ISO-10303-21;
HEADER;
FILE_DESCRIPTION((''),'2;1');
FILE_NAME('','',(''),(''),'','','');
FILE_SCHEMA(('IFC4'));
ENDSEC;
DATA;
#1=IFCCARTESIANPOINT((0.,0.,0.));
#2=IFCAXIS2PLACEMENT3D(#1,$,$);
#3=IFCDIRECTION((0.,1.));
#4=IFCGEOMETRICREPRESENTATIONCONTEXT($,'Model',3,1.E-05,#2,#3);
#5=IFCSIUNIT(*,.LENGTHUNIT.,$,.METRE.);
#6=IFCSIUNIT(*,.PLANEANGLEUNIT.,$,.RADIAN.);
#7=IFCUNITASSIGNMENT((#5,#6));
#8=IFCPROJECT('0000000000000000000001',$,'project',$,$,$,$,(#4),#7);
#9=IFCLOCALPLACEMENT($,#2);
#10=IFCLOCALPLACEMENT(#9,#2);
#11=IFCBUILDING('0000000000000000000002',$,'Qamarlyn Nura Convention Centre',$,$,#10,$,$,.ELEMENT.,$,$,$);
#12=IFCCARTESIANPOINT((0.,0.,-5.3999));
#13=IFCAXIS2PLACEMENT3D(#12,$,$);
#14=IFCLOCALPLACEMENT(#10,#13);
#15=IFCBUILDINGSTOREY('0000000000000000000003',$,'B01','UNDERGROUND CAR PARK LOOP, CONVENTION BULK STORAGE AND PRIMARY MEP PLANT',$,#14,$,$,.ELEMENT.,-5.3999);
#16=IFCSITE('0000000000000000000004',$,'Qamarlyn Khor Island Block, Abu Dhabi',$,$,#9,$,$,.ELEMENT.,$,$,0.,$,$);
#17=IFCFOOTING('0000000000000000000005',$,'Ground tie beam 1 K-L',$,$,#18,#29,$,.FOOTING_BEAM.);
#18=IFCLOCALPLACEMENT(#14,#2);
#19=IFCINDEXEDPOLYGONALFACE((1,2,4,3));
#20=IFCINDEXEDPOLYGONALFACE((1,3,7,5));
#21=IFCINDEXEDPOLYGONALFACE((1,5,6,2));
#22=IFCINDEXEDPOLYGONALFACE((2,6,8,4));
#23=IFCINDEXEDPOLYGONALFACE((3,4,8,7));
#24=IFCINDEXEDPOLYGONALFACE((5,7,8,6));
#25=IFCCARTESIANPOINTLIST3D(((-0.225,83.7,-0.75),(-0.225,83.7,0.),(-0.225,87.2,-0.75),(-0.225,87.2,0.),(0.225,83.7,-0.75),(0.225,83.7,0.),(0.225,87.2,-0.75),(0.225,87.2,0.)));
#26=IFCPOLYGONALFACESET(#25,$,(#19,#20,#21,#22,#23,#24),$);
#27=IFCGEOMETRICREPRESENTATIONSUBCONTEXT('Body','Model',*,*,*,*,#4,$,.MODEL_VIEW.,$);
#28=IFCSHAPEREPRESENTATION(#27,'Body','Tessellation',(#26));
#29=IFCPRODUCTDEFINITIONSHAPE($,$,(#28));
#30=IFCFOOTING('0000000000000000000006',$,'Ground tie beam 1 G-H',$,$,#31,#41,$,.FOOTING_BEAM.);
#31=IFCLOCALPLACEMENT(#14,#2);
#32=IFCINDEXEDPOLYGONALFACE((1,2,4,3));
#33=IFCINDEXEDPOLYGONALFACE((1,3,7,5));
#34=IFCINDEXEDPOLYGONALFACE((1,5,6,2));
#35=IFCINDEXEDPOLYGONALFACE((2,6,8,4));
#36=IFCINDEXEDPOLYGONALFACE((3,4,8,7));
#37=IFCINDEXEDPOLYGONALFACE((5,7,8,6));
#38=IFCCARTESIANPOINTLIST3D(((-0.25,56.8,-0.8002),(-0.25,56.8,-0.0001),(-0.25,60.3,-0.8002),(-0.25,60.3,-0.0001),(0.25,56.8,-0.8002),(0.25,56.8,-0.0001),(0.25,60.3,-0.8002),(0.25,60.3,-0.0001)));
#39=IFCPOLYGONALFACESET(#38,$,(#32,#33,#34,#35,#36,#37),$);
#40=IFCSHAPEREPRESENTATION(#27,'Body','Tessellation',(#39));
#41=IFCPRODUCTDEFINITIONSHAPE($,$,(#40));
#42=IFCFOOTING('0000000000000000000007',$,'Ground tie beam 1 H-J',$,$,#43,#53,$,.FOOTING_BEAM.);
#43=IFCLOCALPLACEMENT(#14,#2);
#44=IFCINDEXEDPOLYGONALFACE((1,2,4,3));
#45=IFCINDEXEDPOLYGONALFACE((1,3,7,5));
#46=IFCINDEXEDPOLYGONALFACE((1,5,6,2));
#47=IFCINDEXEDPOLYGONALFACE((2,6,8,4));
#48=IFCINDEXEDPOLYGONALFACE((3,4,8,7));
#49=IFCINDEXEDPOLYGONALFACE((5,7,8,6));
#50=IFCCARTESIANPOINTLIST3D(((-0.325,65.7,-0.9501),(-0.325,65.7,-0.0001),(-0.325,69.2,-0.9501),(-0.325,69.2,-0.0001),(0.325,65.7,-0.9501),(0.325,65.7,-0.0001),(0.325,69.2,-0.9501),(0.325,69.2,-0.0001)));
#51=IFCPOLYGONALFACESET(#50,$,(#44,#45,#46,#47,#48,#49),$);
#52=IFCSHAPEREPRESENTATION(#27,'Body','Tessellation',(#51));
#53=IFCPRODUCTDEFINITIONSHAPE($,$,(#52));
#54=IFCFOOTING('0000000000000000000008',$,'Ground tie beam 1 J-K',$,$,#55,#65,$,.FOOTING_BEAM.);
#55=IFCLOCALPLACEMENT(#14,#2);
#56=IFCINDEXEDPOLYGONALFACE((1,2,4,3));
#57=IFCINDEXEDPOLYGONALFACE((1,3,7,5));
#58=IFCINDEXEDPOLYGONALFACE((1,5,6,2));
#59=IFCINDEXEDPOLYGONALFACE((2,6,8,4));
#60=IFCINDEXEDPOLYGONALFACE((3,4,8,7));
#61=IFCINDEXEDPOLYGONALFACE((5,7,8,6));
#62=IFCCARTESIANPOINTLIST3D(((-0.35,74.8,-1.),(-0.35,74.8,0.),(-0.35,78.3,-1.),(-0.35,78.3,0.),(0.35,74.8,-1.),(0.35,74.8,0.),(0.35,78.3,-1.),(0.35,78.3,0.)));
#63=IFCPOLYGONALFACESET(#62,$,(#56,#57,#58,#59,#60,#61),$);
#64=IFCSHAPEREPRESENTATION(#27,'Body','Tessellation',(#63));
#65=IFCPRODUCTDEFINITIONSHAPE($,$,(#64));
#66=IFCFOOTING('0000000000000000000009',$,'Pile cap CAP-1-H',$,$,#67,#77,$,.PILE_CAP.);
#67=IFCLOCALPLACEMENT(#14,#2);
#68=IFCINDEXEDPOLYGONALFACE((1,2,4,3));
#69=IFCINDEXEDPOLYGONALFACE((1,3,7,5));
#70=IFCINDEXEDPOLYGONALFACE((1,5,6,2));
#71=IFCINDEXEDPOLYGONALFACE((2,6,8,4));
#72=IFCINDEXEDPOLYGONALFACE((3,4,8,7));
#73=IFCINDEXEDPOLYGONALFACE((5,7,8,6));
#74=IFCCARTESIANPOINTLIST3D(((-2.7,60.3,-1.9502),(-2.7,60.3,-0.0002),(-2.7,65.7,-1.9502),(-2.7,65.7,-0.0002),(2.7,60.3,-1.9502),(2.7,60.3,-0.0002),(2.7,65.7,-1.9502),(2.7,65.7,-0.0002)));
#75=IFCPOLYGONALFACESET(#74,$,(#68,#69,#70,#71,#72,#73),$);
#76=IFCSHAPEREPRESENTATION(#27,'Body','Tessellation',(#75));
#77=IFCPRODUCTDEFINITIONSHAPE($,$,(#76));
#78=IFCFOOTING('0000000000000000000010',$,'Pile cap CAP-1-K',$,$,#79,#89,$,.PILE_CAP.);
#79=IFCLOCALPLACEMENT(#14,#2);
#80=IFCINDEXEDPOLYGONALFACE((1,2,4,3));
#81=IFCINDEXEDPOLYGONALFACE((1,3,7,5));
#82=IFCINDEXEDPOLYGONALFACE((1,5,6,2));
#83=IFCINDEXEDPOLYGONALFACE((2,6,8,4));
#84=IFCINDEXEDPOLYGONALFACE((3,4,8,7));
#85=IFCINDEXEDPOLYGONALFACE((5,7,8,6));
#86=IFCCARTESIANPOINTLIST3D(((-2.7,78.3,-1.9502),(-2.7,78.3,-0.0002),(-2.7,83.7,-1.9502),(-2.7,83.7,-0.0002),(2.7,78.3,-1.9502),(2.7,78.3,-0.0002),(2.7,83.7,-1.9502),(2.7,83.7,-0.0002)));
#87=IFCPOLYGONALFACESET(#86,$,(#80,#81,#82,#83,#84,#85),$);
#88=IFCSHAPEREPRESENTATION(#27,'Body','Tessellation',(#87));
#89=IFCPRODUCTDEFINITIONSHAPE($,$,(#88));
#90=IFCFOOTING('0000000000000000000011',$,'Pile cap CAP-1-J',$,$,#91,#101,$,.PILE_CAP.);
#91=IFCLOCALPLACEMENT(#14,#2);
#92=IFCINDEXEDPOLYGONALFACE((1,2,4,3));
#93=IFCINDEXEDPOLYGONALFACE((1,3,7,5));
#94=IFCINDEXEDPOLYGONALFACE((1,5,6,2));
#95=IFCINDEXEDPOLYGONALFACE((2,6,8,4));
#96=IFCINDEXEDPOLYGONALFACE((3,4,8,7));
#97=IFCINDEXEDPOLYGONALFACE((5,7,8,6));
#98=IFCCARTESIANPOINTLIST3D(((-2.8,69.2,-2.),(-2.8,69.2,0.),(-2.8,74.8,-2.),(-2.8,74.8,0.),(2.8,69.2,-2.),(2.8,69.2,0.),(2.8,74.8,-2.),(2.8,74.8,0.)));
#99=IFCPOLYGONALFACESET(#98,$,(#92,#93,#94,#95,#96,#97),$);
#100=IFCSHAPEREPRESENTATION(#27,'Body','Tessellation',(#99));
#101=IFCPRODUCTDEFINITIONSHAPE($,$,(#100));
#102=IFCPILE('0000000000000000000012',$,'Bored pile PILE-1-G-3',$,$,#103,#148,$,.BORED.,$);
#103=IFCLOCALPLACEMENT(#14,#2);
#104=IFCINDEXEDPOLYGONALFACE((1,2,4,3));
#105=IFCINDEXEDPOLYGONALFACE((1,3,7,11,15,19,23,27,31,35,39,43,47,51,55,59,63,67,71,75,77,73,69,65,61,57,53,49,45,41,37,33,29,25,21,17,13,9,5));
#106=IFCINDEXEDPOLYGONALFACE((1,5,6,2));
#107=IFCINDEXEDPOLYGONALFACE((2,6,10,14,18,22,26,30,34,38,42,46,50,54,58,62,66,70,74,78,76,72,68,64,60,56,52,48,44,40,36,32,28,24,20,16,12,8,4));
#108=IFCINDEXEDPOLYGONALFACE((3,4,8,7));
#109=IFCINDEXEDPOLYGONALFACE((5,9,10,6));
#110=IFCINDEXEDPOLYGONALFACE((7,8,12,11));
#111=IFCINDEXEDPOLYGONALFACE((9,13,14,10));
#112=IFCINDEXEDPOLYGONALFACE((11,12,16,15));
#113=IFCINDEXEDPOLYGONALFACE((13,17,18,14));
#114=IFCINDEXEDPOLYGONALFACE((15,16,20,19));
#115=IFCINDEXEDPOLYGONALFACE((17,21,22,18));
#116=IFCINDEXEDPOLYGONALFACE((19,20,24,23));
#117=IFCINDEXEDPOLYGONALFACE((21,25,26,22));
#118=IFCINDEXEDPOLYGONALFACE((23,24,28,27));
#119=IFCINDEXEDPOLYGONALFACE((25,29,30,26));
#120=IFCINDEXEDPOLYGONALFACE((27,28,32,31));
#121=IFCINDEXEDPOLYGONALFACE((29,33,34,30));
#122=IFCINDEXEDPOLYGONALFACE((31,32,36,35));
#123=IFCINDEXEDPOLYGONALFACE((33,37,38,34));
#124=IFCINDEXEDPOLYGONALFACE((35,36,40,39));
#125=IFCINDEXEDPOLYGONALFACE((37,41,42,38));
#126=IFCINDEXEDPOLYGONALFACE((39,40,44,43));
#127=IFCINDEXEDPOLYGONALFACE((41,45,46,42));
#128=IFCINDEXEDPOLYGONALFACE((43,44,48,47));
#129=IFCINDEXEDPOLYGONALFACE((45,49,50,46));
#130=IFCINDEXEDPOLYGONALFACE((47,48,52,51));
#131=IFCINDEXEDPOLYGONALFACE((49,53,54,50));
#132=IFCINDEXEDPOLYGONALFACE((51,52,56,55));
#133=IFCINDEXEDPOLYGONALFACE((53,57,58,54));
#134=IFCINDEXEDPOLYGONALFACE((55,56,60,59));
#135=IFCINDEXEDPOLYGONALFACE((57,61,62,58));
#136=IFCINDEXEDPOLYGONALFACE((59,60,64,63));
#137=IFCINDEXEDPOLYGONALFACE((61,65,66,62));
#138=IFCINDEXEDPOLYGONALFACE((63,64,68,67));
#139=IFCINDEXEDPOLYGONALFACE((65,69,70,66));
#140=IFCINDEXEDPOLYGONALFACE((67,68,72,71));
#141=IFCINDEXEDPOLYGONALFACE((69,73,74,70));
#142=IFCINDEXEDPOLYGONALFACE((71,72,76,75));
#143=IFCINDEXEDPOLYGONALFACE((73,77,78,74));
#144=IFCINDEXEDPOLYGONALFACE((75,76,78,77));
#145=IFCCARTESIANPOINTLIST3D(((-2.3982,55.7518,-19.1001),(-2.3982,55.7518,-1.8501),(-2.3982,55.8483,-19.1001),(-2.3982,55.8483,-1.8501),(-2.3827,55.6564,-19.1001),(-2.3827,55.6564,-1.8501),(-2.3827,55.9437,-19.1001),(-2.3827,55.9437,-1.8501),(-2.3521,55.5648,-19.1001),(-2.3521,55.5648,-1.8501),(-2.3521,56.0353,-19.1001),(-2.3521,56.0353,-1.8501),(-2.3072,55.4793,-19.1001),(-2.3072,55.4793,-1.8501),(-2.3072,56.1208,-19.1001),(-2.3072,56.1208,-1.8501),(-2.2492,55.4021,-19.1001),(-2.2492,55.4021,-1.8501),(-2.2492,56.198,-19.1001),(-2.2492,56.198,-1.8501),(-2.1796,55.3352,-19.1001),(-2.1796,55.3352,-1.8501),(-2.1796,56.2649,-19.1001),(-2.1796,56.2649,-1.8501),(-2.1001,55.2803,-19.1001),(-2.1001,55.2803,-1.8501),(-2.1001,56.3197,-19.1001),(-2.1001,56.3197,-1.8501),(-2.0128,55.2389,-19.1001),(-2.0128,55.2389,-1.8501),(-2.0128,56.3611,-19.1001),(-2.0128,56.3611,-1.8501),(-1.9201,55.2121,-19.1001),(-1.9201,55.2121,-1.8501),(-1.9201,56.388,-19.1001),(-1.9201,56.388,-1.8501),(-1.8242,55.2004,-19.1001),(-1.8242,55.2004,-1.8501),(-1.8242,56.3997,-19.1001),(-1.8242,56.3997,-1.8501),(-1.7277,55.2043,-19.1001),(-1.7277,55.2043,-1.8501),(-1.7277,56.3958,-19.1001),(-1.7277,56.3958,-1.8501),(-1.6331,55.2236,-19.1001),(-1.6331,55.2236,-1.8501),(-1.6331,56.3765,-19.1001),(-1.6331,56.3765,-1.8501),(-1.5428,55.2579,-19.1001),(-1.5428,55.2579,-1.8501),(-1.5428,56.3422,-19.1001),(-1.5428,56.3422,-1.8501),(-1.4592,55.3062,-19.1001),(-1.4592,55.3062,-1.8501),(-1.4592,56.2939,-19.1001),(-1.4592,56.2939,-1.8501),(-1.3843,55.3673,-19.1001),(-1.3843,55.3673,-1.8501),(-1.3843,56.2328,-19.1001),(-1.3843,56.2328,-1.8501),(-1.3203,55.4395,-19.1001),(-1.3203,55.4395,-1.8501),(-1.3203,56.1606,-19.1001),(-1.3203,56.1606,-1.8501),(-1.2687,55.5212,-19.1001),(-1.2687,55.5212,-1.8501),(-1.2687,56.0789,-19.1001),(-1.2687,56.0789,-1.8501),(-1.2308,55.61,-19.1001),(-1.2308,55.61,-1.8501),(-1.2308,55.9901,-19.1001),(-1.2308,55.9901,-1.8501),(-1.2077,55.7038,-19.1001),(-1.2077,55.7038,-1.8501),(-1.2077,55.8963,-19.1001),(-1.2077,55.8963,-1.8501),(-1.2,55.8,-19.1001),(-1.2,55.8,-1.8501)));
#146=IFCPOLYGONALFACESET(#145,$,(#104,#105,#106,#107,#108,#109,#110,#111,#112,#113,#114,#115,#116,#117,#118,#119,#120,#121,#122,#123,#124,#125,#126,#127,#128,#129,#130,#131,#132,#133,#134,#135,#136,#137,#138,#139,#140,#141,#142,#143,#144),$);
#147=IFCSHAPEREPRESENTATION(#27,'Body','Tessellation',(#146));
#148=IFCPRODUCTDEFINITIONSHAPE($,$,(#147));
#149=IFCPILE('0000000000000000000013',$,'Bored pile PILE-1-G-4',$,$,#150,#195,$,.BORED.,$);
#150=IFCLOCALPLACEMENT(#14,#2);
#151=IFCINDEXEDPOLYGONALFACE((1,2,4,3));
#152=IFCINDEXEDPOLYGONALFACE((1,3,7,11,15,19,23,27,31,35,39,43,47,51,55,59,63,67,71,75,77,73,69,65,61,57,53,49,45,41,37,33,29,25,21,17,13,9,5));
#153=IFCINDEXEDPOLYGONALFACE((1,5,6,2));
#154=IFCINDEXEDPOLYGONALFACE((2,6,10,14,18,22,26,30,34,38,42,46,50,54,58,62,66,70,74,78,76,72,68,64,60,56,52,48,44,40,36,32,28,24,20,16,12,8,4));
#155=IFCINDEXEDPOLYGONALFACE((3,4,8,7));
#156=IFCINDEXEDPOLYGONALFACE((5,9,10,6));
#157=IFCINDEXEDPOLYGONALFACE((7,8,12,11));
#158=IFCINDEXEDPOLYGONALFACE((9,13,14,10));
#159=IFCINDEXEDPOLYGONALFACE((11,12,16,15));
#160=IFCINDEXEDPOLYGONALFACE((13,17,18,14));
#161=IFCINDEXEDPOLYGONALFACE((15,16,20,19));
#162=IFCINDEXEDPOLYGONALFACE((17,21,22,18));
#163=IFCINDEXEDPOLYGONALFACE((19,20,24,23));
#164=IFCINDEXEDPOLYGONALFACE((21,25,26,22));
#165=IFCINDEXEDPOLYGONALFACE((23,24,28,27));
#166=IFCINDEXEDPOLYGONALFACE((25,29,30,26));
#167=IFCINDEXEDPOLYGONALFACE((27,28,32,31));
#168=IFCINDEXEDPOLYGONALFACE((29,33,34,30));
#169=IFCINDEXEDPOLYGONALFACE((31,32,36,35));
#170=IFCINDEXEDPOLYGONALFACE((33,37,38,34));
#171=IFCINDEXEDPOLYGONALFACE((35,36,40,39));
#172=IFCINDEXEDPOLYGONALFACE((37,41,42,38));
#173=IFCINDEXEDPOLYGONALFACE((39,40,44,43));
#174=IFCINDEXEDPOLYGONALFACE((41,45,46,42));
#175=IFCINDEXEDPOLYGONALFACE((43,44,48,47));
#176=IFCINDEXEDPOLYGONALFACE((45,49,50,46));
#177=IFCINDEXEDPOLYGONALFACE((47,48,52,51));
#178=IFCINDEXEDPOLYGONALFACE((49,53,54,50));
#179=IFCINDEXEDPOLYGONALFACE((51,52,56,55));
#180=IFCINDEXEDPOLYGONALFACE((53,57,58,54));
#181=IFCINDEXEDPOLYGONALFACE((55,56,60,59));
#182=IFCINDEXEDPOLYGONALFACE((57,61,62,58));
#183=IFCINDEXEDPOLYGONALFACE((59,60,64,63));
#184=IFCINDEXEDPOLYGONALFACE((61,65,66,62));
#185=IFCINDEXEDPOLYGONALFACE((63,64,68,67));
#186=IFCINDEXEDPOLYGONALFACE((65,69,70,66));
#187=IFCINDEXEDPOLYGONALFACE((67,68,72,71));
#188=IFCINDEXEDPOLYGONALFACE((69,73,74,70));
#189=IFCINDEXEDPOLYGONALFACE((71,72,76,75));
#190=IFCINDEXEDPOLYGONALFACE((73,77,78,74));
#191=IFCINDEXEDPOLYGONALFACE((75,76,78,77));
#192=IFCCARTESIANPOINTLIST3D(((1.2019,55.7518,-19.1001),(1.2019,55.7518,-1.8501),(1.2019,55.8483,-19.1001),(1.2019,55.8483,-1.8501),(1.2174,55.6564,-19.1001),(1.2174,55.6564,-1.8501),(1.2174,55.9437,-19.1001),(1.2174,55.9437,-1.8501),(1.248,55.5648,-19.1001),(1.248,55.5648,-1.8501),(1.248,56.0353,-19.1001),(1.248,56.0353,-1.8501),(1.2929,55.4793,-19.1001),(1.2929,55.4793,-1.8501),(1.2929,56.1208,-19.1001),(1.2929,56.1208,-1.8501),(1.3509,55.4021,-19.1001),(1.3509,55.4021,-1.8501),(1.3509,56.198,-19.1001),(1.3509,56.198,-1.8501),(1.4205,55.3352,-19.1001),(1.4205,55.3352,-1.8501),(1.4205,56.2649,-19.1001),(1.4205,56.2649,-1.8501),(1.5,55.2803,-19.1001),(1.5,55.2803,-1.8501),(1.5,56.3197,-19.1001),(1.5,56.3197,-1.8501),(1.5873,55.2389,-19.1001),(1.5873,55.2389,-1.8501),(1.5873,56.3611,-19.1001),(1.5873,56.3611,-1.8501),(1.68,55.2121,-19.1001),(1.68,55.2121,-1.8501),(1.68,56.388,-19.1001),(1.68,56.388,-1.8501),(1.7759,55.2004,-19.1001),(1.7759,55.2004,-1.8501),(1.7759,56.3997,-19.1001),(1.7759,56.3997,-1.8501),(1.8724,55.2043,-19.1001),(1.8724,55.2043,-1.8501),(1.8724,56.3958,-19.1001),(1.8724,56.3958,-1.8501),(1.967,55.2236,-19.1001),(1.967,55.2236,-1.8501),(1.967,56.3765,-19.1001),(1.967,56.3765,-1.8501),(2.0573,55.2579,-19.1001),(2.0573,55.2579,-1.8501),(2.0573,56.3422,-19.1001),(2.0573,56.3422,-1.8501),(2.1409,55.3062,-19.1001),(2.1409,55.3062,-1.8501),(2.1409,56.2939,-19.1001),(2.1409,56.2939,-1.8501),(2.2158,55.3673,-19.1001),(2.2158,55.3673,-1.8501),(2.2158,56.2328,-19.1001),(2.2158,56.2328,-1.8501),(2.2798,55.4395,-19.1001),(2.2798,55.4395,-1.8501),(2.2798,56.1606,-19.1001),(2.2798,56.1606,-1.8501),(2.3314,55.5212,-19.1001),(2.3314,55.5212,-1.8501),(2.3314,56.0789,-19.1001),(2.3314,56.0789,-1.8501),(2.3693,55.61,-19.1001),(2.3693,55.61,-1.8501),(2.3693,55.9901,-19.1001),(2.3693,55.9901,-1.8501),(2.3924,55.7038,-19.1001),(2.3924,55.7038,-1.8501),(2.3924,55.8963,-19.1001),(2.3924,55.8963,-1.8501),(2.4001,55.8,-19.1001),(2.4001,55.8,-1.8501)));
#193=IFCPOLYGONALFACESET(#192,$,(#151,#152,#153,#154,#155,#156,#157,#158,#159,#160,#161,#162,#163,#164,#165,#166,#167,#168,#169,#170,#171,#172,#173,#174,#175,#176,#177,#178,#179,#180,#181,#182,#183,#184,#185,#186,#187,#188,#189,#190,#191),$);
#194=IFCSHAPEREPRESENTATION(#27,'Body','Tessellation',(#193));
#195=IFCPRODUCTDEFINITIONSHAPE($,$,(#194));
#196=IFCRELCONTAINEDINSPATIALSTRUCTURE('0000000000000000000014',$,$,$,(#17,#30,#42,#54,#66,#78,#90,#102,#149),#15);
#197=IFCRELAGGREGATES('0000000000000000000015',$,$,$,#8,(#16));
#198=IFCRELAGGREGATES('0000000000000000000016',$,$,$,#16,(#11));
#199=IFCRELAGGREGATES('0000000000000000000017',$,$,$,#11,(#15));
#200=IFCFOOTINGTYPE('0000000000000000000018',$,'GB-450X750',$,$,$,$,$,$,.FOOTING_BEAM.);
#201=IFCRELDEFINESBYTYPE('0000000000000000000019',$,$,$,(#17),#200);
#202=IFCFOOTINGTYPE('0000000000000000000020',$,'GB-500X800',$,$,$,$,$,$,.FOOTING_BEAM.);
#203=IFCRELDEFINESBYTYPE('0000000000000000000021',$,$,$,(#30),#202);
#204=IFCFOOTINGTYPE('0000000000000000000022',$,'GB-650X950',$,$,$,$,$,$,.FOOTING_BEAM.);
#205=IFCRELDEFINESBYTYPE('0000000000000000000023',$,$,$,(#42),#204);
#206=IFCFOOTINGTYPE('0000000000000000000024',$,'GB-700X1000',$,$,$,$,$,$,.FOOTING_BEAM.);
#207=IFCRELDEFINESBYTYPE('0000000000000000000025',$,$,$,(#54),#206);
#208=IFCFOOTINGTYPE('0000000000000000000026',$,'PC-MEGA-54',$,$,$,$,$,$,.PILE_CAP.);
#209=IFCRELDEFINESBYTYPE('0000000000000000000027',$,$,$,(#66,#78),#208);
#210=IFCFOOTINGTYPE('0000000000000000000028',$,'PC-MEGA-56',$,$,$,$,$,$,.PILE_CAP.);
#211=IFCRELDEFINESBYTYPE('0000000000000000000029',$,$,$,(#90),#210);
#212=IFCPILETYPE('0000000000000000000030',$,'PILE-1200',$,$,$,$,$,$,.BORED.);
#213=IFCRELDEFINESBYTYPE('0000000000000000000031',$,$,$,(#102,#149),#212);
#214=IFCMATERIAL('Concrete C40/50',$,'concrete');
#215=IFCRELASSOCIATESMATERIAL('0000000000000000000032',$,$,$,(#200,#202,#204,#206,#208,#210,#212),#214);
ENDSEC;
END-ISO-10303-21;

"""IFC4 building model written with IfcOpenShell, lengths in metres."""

from ifc_helpers import new_model, si_unit, direction, frame, origin, origin_2d, place, context, subcontext, project, spatial, rectangle, circle, extrude, material, material_profile, profile_set, type_object, element, save


model = new_model("IFC4")

# Units and contexts
model_context = context("Model", 3, precision=1e-05, world=origin(), true_north=direction((0.0, 1.0)))
body_context = subcontext(model_context, "Body", "Model", "MODEL_VIEW")
ifc_project = project(units=[si_unit("LENGTHUNIT", "METRE"), si_unit("PLANEANGLEUNIT", "RADIAN")], contexts=[model_context])

# Site, building, storey
site_placement = place(None, origin())
site = spatial("IfcSite", under=ifc_project, at=site_placement, Name="Qamarlyn Khor Island Block, Abu Dhabi", CompositionType="ELEMENT", RefElevation=0.0)
building_placement = place(site_placement, origin())
building = spatial("IfcBuilding", under=site, at=building_placement, Name="Qamarlyn Nura Convention Centre", CompositionType="ELEMENT")
storey_placement = place(building_placement, frame((0.0, 0.0, -5.3999)))
storey = spatial("IfcBuildingStorey", under=building, at=storey_placement, Name="B01", Description="UNDERGROUND CAR PARK LOOP, CONVENTION BULK STORAGE AND PRIMARY MEP PLANT", CompositionType="ELEMENT", Elevation=-5.3999)

# Footings
ifc_material_1 = material(Name="Concrete C40/50", Category="concrete")
ifc_material_profile_1 = material_profile(ifc_material_1, rectangle(XDim=0.45, YDim=0.75, at=origin_2d()), Name="RC GB 450x750")
ifc_profile_set_1 = profile_set([ifc_material_profile_1], Name="Concrete C40/50")
footing_type_1 = type_object("IfcFootingType", Name="GB-450X750", PredefinedType="FOOTING_BEAM", material=ifc_profile_set_1)
footing_1_placement = place(storey_placement, frame((0.0, 83.7, -0.375), z_axis=(0.0, 1.0, 0.0), x_axis=(-1.0, 0.0, 0.0)))
element("IfcFooting", 1, at=footing_1_placement, inside=storey, type_object=footing_type_1, Name="Ground tie beam 1 K-L", PredefinedType="FOOTING_BEAM", context=body_context, shape_type="SweptSolid", body=[
    extrude(rectangle(XDim=0.45, YDim=0.75, at=origin_2d()), origin(), (0.0, 0.0, 1.0), 3.5),
])
ifc_material_profile_2 = material_profile(ifc_material_1, rectangle(XDim=0.5, YDim=0.8, at=origin_2d()), Name="RC GB 500x800")
ifc_profile_set_2 = profile_set([ifc_material_profile_2], Name="Concrete C40/50")
footing_type_2 = type_object("IfcFootingType", Name="GB-500X800", PredefinedType="FOOTING_BEAM", material=ifc_profile_set_2)
footing_2_placement = place(storey_placement, frame((0.0, 56.8, -0.4001), z_axis=(0.0, 1.0, 0.0), x_axis=(-1.0, 0.0, 0.0)))
element("IfcFooting", 2, at=footing_2_placement, inside=storey, type_object=footing_type_2, Name="Ground tie beam 1 G-H", PredefinedType="FOOTING_BEAM", context=body_context, shape_type="SweptSolid", body=[
    extrude(rectangle(XDim=0.5, YDim=0.8, at=origin_2d()), origin(), (0.0, 0.0, 1.0), 3.5),
])
ifc_material_profile_3 = material_profile(ifc_material_1, rectangle(XDim=0.6499, YDim=0.95, at=origin_2d()), Name="RC GB 650x950")
ifc_profile_set_3 = profile_set([ifc_material_profile_3], Name="Concrete C40/50")
footing_type_3 = type_object("IfcFootingType", Name="GB-650X950", PredefinedType="FOOTING_BEAM", material=ifc_profile_set_3)
footing_3_placement = place(storey_placement, frame((0.0, 65.7, -0.4751), z_axis=(0.0, 1.0, 0.0), x_axis=(-1.0, 0.0, 0.0)))
element("IfcFooting", 3, at=footing_3_placement, inside=storey, type_object=footing_type_3, Name="Ground tie beam 1 H-J", PredefinedType="FOOTING_BEAM", context=body_context, shape_type="SweptSolid", body=[
    extrude(rectangle(XDim=0.6499, YDim=0.95, at=origin_2d()), origin(), (0.0, 0.0, 1.0), 3.5),
])
ifc_material_profile_4 = material_profile(ifc_material_1, rectangle(XDim=0.7, YDim=1.0, at=origin_2d()), Name="RC GB 700x1000")
ifc_profile_set_4 = profile_set([ifc_material_profile_4], Name="Concrete C40/50")
footing_type_4 = type_object("IfcFootingType", Name="GB-700X1000", PredefinedType="FOOTING_BEAM", material=ifc_profile_set_4)
footing_4_placement = place(storey_placement, frame((0.0, 74.8, -0.5), z_axis=(0.0, 1.0, 0.0), x_axis=(-1.0, 0.0, 0.0)))
element("IfcFooting", 4, at=footing_4_placement, inside=storey, type_object=footing_type_4, Name="Ground tie beam 1 J-K", PredefinedType="FOOTING_BEAM", context=body_context, shape_type="SweptSolid", body=[
    extrude(rectangle(XDim=0.7, YDim=1.0, at=origin_2d()), origin(), (0.0, 0.0, 1.0), 3.5),
])
footing_type_5 = type_object("IfcFootingType", Name="PC-MEGA-54", PredefinedType="PILE_CAP", material=ifc_material_1)
for number, where, z_axis, x_axis, name in (
    (5, (0.0, 63.0, -1.9502), (0.0, 0.0, 1.0), (1.0, 0.0, 0.0), "Pile cap CAP-1-H"),
    (6, (0.0, 81.0, -1.9502), (0.0, 0.0, 1.0), (1.0, 0.0, 0.0), "Pile cap CAP-1-K"),
):
    element("IfcFooting", number, at=place(storey_placement, frame(where, z_axis=z_axis, x_axis=x_axis)), inside=storey, type_object=footing_type_5, Name=name, PredefinedType="PILE_CAP", context=body_context, shape_type="SweptSolid", body=[
        extrude(rectangle(XDim=5.3999, YDim=5.3999, at=origin_2d()), origin(), (0.0, 0.0, 1.0), 1.95),
    ])
footing_type_6 = type_object("IfcFootingType", Name="PC-MEGA-56", PredefinedType="PILE_CAP", material=ifc_material_1)
footing_5_placement = place(storey_placement, frame((0.0, 72.0, -2.0), z_axis=(0.0, 0.0, 1.0), x_axis=(1.0, 0.0, 0.0)))
element("IfcFooting", 7, at=footing_5_placement, inside=storey, type_object=footing_type_6, Name="Pile cap CAP-1-J", PredefinedType="PILE_CAP", context=body_context, shape_type="SweptSolid", body=[
    extrude(rectangle(XDim=5.6001, YDim=5.6001, at=origin_2d()), origin(), (0.0, 0.0, 1.0), 2.0),
])

# Piles
ifc_material_profile_5 = material_profile(ifc_material_1, circle(Radius=0.6001, at=origin_2d()), Name="BORED PILE 1200")
ifc_profile_set_5 = profile_set([ifc_material_profile_5], Name="Concrete C40/50")
pile_type = type_object("IfcPileType", Name="PILE-1200", PredefinedType="BORED", material=ifc_profile_set_5)
for number, where, z_axis, x_axis, name in (
    (8, (-1.8, 55.8, -1.8501), (0.0, 0.0, -1.0), (1.0, 0.0, 0.0), "Bored pile PILE-1-G-3"),
    (9, (1.8, 55.8, -1.8501), (0.0, 0.0, -1.0), (1.0, 0.0, 0.0), "Bored pile PILE-1-G-4"),
):
    element("IfcPile", number, at=place(storey_placement, frame(where, z_axis=z_axis, x_axis=x_axis)), inside=storey, type_object=pile_type, Name=name, PredefinedType="BORED", context=body_context, shape_type="SweptSolid", body=[
        extrude(circle(Radius=0.6001, at=origin_2d()), origin(), (0.0, 0.0, 1.0), 17.25),
    ])

save(model, "model.ifc")
